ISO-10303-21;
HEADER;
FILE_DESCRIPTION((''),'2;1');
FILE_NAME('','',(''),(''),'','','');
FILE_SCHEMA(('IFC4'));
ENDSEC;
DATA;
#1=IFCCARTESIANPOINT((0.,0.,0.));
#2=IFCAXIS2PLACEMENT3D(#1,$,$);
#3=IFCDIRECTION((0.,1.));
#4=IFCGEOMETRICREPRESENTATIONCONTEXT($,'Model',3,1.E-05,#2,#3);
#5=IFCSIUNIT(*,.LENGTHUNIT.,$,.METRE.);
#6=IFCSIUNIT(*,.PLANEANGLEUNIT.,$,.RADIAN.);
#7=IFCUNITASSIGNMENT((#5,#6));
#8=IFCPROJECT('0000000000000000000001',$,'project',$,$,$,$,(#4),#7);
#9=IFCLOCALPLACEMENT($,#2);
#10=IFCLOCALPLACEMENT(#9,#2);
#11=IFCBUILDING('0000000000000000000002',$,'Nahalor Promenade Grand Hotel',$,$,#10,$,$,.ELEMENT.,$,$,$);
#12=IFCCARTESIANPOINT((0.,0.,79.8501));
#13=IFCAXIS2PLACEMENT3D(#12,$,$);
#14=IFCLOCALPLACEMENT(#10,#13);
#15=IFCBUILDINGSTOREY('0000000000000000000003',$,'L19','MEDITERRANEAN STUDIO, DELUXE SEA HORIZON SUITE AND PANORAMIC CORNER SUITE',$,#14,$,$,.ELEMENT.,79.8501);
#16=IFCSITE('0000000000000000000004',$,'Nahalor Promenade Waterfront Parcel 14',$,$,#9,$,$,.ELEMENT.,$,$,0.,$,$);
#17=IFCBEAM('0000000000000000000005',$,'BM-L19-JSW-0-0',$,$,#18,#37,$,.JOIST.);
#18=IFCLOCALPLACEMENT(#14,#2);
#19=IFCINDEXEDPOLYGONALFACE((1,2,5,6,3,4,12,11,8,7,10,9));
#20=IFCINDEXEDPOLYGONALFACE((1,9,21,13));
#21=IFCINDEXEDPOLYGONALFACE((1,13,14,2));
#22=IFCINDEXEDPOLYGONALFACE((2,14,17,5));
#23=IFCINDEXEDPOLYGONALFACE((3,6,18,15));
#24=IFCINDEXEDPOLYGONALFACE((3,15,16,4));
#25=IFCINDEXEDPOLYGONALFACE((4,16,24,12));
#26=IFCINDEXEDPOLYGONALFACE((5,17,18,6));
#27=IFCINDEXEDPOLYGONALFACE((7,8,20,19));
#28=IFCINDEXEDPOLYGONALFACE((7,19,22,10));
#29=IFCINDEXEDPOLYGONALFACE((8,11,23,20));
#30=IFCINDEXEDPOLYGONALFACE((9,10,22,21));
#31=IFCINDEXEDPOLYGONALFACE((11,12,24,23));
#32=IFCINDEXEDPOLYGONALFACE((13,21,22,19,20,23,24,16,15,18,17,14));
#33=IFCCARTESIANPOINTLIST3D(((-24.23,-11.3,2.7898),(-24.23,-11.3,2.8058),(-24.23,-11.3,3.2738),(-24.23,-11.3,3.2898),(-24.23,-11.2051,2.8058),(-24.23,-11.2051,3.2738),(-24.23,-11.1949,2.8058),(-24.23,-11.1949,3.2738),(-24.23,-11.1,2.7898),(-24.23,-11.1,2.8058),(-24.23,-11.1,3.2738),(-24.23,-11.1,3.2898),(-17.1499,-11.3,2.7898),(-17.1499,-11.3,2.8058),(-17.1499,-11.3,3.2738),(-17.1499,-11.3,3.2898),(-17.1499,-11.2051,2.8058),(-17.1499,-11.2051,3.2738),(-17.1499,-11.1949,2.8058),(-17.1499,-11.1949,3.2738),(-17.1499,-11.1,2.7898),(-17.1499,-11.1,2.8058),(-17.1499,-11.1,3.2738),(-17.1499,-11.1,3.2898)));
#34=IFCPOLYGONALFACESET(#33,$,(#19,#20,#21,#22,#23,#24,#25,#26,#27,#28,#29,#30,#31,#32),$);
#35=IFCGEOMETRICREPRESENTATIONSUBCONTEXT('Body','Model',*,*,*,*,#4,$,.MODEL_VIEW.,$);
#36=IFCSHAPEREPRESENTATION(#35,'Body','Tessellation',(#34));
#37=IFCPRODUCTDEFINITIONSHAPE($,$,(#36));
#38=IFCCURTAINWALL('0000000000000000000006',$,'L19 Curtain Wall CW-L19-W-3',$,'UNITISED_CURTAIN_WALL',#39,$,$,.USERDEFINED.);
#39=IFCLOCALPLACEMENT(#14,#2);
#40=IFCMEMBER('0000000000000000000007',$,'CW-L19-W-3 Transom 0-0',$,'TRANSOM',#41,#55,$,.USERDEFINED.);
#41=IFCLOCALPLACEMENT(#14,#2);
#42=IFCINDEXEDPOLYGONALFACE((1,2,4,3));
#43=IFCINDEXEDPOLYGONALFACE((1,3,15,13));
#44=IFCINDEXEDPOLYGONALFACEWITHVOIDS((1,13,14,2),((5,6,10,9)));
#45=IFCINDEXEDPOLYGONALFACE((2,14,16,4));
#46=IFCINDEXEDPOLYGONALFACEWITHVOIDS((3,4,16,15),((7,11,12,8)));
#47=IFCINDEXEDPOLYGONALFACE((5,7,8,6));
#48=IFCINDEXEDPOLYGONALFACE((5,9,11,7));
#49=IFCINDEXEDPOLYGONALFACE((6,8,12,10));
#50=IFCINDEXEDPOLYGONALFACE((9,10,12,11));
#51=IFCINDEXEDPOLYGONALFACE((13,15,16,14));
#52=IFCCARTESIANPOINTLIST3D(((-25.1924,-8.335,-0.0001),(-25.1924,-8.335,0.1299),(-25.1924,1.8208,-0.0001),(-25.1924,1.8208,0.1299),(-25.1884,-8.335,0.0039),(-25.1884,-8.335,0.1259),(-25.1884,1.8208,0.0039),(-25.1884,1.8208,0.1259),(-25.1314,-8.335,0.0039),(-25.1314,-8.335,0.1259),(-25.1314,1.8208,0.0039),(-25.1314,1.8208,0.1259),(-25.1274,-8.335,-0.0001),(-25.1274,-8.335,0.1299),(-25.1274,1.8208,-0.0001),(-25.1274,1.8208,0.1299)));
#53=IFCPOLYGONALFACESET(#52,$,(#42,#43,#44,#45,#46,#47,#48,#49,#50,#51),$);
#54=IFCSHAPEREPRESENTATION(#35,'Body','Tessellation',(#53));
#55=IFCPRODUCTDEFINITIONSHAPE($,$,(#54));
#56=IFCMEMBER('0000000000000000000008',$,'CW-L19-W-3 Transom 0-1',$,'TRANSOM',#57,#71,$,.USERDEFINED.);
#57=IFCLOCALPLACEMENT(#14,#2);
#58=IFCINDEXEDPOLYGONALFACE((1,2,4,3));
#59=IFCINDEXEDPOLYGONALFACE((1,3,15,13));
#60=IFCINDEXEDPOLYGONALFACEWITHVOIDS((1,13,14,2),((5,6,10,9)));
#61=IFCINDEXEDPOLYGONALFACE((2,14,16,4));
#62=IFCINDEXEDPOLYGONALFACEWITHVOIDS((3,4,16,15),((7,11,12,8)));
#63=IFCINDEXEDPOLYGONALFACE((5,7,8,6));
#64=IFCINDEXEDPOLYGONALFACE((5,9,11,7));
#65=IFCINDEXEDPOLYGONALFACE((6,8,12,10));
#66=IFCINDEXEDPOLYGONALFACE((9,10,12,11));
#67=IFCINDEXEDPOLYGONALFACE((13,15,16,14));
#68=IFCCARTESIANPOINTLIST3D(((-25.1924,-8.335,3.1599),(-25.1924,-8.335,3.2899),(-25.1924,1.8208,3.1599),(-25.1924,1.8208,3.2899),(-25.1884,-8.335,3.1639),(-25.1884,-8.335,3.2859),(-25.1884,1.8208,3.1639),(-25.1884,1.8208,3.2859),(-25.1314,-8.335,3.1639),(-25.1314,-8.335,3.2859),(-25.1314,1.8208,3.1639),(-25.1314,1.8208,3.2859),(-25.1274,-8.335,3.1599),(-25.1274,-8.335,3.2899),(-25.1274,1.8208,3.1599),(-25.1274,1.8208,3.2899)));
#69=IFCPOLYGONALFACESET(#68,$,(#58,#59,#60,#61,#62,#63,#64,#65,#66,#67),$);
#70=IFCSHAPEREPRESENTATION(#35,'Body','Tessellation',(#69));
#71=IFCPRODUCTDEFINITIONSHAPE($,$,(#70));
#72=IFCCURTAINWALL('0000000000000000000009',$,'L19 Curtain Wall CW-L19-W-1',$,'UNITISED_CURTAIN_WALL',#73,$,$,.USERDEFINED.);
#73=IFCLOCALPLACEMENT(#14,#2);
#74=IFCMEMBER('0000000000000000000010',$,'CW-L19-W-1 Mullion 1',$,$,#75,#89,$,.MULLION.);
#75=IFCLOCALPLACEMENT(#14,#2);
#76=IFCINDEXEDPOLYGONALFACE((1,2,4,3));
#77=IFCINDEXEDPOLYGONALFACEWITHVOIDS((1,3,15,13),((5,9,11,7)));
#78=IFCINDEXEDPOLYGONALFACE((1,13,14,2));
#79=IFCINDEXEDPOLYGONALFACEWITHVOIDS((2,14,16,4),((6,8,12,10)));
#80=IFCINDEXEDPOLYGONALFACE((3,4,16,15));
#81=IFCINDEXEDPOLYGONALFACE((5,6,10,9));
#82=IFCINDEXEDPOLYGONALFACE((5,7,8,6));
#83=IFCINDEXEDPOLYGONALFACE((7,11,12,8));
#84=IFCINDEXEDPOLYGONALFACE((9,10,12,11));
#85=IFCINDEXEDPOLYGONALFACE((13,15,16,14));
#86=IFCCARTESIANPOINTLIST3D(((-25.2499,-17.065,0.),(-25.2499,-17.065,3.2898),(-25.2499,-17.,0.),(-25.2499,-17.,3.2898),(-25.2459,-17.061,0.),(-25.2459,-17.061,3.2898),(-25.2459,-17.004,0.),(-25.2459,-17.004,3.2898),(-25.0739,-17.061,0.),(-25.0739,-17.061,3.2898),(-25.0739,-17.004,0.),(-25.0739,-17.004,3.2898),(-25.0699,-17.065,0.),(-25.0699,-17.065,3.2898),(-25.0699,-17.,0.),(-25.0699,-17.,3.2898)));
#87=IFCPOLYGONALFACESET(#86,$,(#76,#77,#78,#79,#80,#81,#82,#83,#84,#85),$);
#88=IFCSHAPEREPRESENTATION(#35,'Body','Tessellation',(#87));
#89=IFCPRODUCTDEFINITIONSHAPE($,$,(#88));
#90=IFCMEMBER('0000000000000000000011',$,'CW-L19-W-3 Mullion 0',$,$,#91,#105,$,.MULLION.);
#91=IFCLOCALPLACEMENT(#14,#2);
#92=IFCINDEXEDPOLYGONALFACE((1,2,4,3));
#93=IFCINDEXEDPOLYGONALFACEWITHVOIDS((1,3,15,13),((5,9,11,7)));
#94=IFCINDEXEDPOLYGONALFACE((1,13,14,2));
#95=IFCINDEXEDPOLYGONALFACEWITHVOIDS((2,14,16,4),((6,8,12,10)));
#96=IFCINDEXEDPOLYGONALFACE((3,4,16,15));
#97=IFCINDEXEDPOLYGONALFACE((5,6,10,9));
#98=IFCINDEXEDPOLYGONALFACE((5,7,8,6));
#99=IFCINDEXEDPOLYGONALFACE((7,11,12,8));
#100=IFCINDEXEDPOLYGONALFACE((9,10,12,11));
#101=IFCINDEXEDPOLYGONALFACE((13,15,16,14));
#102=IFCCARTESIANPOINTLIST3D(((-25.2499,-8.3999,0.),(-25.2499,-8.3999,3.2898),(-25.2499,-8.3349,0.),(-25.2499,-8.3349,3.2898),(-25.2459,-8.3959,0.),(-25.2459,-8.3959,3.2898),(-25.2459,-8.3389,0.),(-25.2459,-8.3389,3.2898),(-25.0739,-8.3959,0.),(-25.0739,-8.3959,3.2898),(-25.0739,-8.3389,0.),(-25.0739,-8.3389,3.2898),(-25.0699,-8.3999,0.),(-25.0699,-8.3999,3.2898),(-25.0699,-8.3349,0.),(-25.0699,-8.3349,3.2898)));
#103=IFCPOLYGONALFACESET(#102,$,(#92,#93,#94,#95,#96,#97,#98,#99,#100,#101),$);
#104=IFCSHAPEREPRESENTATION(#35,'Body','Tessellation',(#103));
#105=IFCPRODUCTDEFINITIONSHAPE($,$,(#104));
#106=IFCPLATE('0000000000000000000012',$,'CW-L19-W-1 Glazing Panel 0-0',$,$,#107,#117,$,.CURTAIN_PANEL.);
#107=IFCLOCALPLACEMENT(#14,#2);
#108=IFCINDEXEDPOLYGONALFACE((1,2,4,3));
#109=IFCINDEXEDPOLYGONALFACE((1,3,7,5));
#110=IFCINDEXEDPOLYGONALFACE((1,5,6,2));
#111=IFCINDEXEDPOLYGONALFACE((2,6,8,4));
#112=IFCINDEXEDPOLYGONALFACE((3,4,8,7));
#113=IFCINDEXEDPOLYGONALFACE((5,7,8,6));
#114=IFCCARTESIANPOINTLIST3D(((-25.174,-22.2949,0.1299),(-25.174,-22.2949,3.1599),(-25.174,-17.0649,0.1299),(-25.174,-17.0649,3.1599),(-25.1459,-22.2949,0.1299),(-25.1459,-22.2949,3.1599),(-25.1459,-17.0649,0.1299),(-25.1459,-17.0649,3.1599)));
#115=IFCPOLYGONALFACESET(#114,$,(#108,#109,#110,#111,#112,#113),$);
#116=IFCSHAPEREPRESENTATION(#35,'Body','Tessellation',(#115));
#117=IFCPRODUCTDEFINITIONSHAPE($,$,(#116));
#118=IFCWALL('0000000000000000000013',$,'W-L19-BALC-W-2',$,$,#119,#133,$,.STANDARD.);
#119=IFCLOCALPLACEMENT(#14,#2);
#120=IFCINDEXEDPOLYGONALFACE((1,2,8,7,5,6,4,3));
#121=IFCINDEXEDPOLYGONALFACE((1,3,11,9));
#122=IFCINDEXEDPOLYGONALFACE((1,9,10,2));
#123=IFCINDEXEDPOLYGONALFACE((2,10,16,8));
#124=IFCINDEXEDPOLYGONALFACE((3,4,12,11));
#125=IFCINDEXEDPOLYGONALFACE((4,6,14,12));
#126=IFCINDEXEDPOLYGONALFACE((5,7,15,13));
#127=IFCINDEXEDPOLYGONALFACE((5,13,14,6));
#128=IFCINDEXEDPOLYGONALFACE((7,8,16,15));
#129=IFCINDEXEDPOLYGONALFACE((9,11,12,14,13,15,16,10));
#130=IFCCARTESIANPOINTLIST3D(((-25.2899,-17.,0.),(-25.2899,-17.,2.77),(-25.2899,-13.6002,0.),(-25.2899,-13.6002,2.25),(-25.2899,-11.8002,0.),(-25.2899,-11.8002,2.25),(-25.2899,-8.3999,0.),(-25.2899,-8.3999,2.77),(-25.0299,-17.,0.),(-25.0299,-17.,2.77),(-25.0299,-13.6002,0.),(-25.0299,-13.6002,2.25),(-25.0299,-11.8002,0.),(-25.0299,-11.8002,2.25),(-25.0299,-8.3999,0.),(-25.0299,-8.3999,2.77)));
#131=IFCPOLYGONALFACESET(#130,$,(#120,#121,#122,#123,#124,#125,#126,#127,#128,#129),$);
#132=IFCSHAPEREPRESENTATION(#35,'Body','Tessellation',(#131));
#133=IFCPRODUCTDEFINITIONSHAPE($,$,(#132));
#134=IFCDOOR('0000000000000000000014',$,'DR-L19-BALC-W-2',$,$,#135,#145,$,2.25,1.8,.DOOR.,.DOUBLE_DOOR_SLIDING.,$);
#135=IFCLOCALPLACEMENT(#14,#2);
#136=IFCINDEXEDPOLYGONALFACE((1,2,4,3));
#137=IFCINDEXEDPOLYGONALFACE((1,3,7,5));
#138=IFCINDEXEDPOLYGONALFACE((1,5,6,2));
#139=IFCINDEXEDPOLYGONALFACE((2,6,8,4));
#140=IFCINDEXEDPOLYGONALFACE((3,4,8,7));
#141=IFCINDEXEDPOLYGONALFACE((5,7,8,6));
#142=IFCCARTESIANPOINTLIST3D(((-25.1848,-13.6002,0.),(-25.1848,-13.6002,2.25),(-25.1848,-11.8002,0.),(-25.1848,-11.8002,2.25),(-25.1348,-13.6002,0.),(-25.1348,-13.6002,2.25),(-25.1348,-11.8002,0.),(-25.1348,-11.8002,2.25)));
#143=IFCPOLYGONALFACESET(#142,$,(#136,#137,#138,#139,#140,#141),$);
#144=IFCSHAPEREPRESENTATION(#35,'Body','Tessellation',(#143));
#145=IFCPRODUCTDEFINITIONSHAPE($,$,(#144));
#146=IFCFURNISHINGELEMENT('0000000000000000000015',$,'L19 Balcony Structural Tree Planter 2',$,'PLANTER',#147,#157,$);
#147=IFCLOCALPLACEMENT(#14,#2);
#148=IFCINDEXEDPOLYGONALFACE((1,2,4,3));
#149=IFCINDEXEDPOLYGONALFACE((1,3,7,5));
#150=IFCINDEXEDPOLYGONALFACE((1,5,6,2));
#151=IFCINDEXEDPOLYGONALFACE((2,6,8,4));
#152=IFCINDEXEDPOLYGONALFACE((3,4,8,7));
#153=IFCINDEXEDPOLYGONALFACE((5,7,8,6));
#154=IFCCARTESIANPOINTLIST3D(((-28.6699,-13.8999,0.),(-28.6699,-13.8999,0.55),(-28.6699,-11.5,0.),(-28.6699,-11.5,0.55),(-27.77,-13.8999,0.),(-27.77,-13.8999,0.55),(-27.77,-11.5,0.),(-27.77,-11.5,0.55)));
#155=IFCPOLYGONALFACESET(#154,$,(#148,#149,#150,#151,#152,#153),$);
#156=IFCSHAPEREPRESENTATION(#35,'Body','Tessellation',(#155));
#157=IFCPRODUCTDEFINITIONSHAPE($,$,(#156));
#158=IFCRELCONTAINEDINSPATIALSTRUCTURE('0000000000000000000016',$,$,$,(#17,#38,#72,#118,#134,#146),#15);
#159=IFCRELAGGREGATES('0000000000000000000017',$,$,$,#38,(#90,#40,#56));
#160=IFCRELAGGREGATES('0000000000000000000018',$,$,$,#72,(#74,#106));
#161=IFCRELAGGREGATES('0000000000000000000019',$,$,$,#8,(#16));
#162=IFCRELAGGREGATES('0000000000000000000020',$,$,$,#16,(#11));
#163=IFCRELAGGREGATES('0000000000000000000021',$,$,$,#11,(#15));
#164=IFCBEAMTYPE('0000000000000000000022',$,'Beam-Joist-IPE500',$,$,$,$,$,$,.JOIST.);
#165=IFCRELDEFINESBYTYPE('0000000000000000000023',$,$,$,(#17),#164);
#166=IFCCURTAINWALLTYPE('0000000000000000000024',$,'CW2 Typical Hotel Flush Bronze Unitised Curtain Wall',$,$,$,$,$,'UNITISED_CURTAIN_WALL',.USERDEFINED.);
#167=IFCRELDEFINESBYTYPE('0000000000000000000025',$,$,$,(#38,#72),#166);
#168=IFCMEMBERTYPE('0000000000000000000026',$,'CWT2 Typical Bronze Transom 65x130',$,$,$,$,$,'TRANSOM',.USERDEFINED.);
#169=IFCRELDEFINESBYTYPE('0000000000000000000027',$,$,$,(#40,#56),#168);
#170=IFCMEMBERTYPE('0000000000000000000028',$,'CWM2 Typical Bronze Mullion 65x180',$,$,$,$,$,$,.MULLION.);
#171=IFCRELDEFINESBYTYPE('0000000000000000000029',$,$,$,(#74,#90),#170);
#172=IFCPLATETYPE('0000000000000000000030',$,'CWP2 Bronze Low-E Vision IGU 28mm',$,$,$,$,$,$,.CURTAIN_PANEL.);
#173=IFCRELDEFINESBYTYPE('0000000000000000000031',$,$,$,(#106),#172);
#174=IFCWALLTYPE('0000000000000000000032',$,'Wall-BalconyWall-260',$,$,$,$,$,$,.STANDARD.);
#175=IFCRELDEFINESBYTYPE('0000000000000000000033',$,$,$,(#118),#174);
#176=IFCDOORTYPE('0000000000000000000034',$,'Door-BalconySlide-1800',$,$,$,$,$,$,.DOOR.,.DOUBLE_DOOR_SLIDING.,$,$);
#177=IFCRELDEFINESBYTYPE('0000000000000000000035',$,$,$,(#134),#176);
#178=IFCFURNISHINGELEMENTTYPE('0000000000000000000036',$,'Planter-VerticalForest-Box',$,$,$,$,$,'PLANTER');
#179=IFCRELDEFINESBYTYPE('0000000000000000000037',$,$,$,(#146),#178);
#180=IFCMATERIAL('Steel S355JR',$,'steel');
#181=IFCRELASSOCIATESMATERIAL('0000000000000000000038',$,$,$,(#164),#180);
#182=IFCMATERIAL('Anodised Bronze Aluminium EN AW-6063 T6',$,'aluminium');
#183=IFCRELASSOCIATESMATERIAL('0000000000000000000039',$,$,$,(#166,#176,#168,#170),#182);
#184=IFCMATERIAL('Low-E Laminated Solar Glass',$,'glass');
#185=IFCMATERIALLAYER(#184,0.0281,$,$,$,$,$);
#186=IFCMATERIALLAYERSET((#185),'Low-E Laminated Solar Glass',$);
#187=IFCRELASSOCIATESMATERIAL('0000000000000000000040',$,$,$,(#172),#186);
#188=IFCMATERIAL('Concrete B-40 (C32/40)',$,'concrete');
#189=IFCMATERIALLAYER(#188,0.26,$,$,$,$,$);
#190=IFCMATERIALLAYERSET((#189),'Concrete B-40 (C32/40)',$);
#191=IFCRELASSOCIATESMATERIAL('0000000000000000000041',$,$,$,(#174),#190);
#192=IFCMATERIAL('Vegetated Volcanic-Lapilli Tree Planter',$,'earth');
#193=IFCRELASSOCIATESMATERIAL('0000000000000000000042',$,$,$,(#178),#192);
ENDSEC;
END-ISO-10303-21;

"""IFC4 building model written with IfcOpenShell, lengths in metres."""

from ifc_helpers import new_model, si_unit, direction, frame, frame_2d, origin, origin_2d, place, context, subcontext, project, spatial, rectangle, hollow_rectangle, i_section, extrude, source, transform, mapped, material, layer, layer_set, material_profile, profile_set, type_object, element, fill, aggregate, save


model = new_model("IFC4")

# Units and contexts
model_context = context("Model", 3, precision=1e-05, world=origin(), true_north=direction((0.0, 1.0)))
body_context = subcontext(model_context, "Body", "Model", "MODEL_VIEW")
ifc_project = project(units=[si_unit("LENGTHUNIT", "METRE"), si_unit("PLANEANGLEUNIT", "RADIAN")], contexts=[model_context])

# Site, building, storey
site_placement = place(None, origin())
site = spatial("IfcSite", under=ifc_project, at=site_placement, Name="Nahalor Promenade Waterfront Parcel 14", CompositionType="ELEMENT", RefElevation=0.0)
building_placement = place(site_placement, origin())
building = spatial("IfcBuilding", under=site, at=building_placement, Name="Nahalor Promenade Grand Hotel", CompositionType="ELEMENT")
storey_placement = place(building_placement, frame((0.0, 0.0, 79.8501)))
storey = spatial("IfcBuildingStorey", under=building, at=storey_placement, Name="L19", Description="MEDITERRANEAN STUDIO, DELUXE SEA HORIZON SUITE AND PANORAMIC CORNER SUITE", CompositionType="ELEMENT", Elevation=79.8501)

# Beam
ifc_material_1 = material(Name="Steel S355JR", Category="steel")
ifc_material_profile_1 = material_profile(ifc_material_1, i_section(OverallWidth=0.2, OverallDepth=0.5, WebThickness=0.0102, FlangeThickness=0.016, at=origin_2d()), Name="IPE 500")
ifc_profile_set_1 = profile_set([ifc_material_profile_1], Name="Steel S355JR")
beam_type_1 = type_object("IfcBeamType", Name="Beam-Joist-IPE500", PredefinedType="JOIST", material=ifc_profile_set_1)
shared_shape_1 = source(origin(), body_context, "Body", "SweptSolid", [
    extrude(i_section(OverallWidth=0.2, OverallDepth=0.5, WebThickness=0.0102, FlangeThickness=0.016, at=origin_2d()), origin(), (0.0, 0.0, 1.0), 7.0801),
])
beam_1_placement = place(storey_placement, frame((-24.23, -11.2, 3.0398), z_axis=(1.0, 0.0, 0.0), x_axis=(0.0, 1.0, 0.0)))
element("IfcBeam", 1, at=beam_1_placement, inside=storey, type_object=beam_type_1, Name="BM-L19-JSW-0-0", PredefinedType="JOIST", context=body_context, shape_type="MappedRepresentation", body=[
    mapped(shared_shape_1, transform((0.0, 0.0, 0.0), scale=1.0)),
])

# Curtain wall, members
ifc_material_2 = material(Name="Anodised Bronze Aluminium EN AW-6063 T6", Category="aluminium")
curtain_wall_type = type_object("IfcCurtainWallType", Name="CW2 Typical Hotel Flush Bronze Unitised Curtain Wall", ElementType="UNITISED_CURTAIN_WALL", PredefinedType="USERDEFINED", material=ifc_material_2)
curtain_wall_1_placement = place(storey_placement, origin())
curtain_wall_1 = element("IfcCurtainWall", 2, at=curtain_wall_1_placement, inside=storey, type_object=curtain_wall_type, Name="L19 Curtain Wall CW-L19-W-3", ObjectType="UNITISED_CURTAIN_WALL", PredefinedType="USERDEFINED")
ifc_material_profile_2 = material_profile(ifc_material_2, hollow_rectangle(XDim=0.065, YDim=0.13, WallThickness=0.004, at=origin_2d()), Name="CWT 65x130x4")
ifc_profile_set_2 = profile_set([ifc_material_profile_2], Name="Anodised Bronze Aluminium EN AW-6063 T6")
member_type_1 = type_object("IfcMemberType", Name="CWT2 Typical Bronze Transom 65x130", ElementType="TRANSOM", PredefinedType="USERDEFINED", material=ifc_profile_set_2)
shared_shape_2 = source(origin(), body_context, "Body", "SweptSolid", [
    extrude(hollow_rectangle(XDim=0.065, YDim=0.13, WallThickness=0.004, at=origin_2d()), origin(), (0.0, 0.0, 1.0), 10.1558),
])
member_1_placement = place(storey_placement, frame((-25.1599, -8.335, 0.0649), z_axis=(0.0, 1.0, 0.0), x_axis=(-1.0, 0.0, 0.0)))
member_1 = element("IfcMember", 3, at=member_1_placement, type_object=member_type_1, Name="CW-L19-W-3 Transom 0-0", ObjectType="TRANSOM", PredefinedType="USERDEFINED", context=body_context, shape_type="MappedRepresentation", body=[
    mapped(shared_shape_2, transform((0.0, 0.0, 0.0), scale=1.0)),
])
member_2_placement = place(storey_placement, frame((-25.1599, -8.335, 3.2249), z_axis=(0.0, 1.0, 0.0), x_axis=(-1.0, 0.0, 0.0)))
member_2 = element("IfcMember", 4, at=member_2_placement, type_object=member_type_1, Name="CW-L19-W-3 Transom 0-1", ObjectType="TRANSOM", PredefinedType="USERDEFINED", context=body_context, shape_type="MappedRepresentation", body=[
    mapped(shared_shape_2, transform((0.0, 0.0, 0.0), scale=1.0)),
])

# Curtain wall, member
curtain_wall_2_placement = place(storey_placement, origin())
curtain_wall_2 = element("IfcCurtainWall", 5, at=curtain_wall_2_placement, inside=storey, type_object=curtain_wall_type, Name="L19 Curtain Wall CW-L19-W-1", ObjectType="UNITISED_CURTAIN_WALL", PredefinedType="USERDEFINED")
ifc_material_profile_3 = material_profile(ifc_material_2, hollow_rectangle(XDim=0.065, YDim=0.18, WallThickness=0.004, at=origin_2d()), Name="CWM 65x180x4")
ifc_profile_set_3 = profile_set([ifc_material_profile_3], Name="Anodised Bronze Aluminium EN AW-6063 T6")
member_type_2 = type_object("IfcMemberType", Name="CWM2 Typical Bronze Mullion 65x180", PredefinedType="MULLION", material=ifc_profile_set_3)
shared_shape_3 = source(origin(), body_context, "Body", "SweptSolid", [
    extrude(hollow_rectangle(XDim=0.065, YDim=0.18, WallThickness=0.004, at=origin_2d()), origin(), (0.0, 0.0, 1.0), 3.2898),
])
member_3_placement = place(storey_placement, frame((-25.1599, -17.0325, 0.0), z_axis=(0.0, 0.0, 1.0), x_axis=(0.0, 1.0, 0.0)))
member_3 = element("IfcMember", 6, at=member_3_placement, type_object=member_type_2, Name="CW-L19-W-1 Mullion 1", PredefinedType="MULLION", context=body_context, shape_type="MappedRepresentation", body=[
    mapped(shared_shape_3, transform((0.0, 0.0, 0.0), scale=1.0)),
])

# Member
member_4_placement = place(storey_placement, frame((-25.1599, -8.3674, 0.0), z_axis=(0.0, 0.0, 1.0), x_axis=(0.0, 1.0, 0.0)))
member_4 = element("IfcMember", 7, at=member_4_placement, type_object=member_type_2, Name="CW-L19-W-3 Mullion 0", PredefinedType="MULLION", context=body_context, shape_type="MappedRepresentation", body=[
    mapped(shared_shape_3, transform((0.0, 0.0, 0.0), scale=1.0)),
])
aggregate(curtain_wall_1, [member_4, member_1, member_2])

# Plate
ifc_material_3 = material(Name="Low-E Laminated Solar Glass", Category="glass")
ifc_layer_1 = layer(ifc_material_3, 0.0281)
ifc_layer_set_1 = layer_set([ifc_layer_1], Name="Low-E Laminated Solar Glass")
plate_type = type_object("IfcPlateType", Name="CWP2 Bronze Low-E Vision IGU 28mm", PredefinedType="CURTAIN_PANEL", material=ifc_layer_set_1)
shared_shape_4 = source(origin(), body_context, "Body", "SweptSolid", [
    extrude(rectangle(XDim=5.23, YDim=0.0281, at=origin_2d()), origin(), (0.0, 0.0, 1.0), 3.03),
])
plate_placement = place(storey_placement, frame((-25.1599, -19.6799, 0.1299), z_axis=(0.0, 0.0, 1.0), x_axis=(0.0, 1.0, 0.0)))
plate = element("IfcPlate", 8, at=plate_placement, type_object=plate_type, Name="CW-L19-W-1 Glazing Panel 0-0", PredefinedType="CURTAIN_PANEL", context=body_context, shape_type="MappedRepresentation", body=[
    mapped(shared_shape_4, transform((0.0, 0.0, 0.0), scale=1.0)),
])
aggregate(curtain_wall_2, [member_3, plate])

# Wall, opening, door
ifc_material_4 = material(Name="Concrete B-40 (C32/40)", Category="concrete")
ifc_layer_2 = layer(ifc_material_4, 0.26)
ifc_layer_set_2 = layer_set([ifc_layer_2], Name="Concrete B-40 (C32/40)")
wall_type = type_object("IfcWallType", Name="Wall-BalconyWall-260", PredefinedType="STANDARD", material=ifc_layer_set_2)
shared_shape_5 = source(origin(), body_context, "Body", "SweptSolid", [
    extrude(rectangle(XDim=8.6001, YDim=0.26, at=frame_2d((4.3, 0.0))), origin(), (0.0, 0.0, 1.0), 2.77),
])
wall_placement = place(storey_placement, frame((-25.1599, -17.0, 0.0), z_axis=(0.0, 0.0, 1.0), x_axis=(0.0, 1.0, 0.0)))
wall = element("IfcWall", 9, at=wall_placement, inside=storey, type_object=wall_type, Name="W-L19-BALC-W-2", PredefinedType="STANDARD", context=body_context, shape_type="MappedRepresentation", body=[
    mapped(shared_shape_5, transform((0.0, 0.0, 0.0), scale=1.0)),
])
opening_placement = place(wall_placement, frame((3.3999, 0.0, 0.0)))
opening = element("IfcOpeningElement", 10, at=opening_placement, cuts=wall, PredefinedType="OPENING", context=body_context, shape_type="SweptSolid", body=[
    extrude(rectangle(XDim=1.8, YDim=2.25, at=frame_2d((0.8999, 1.125))), frame((0.0, 0.1399, 0.0), z_axis=(0.0, -1.0, 0.0), x_axis=(1.0, 0.0, 0.0)), (0.0, 0.0, 1.0), 0.28),
])
door_type = type_object("IfcDoorType", Name="Door-BalconySlide-1800", OperationType="DOUBLE_DOOR_SLIDING", PredefinedType="DOOR", material=ifc_material_2)
shared_shape_6 = source(origin(), body_context, "Body", "SweptSolid", [
    extrude(rectangle(XDim=1.8, YDim=2.25, at=frame_2d((0.8999, 1.125))), frame((0.0, 0.0249, 0.0), z_axis=(0.0, -1.0, 0.0), x_axis=(1.0, 0.0, 0.0)), (0.0, 0.0, 1.0), 0.05),
])
door_placement = place(opening_placement, origin())
door = element("IfcDoor", 11, at=door_placement, inside=storey, type_object=door_type, Name="DR-L19-BALC-W-2", OperationType="DOUBLE_DOOR_SLIDING", OverallHeight=2.25, OverallWidth=1.8, PredefinedType="DOOR", context=body_context, shape_type="MappedRepresentation", body=[
    mapped(shared_shape_6, transform((0.0, 0.0, 0.0), scale=1.0)),
])
fill(opening, door)

# Furnishing element
ifc_material_5 = material(Name="Vegetated Volcanic-Lapilli Tree Planter", Category="earth")
furnishing_element_type = type_object("IfcFurnishingElementType", Name="Planter-VerticalForest-Box", ElementType="PLANTER", material=ifc_material_5)
shared_shape_7 = source(origin(), body_context, "Body", "SweptSolid", [
    extrude(rectangle(XDim=2.3999, YDim=0.8999, at=origin_2d()), origin(), (0.0, 0.0, 1.0), 0.55),
])
furnishing_placement = place(storey_placement, frame((-28.22, -12.7, 0.0), z_axis=(0.0, 0.0, 1.0), x_axis=(0.0, 1.0, 0.0)))
element("IfcFurnishingElement", 12, at=furnishing_placement, inside=storey, type_object=furnishing_element_type, Name="L19 Balcony Structural Tree Planter 2", ObjectType="PLANTER", context=body_context, shape_type="MappedRepresentation", body=[
    mapped(shared_shape_7, transform((0.0, 0.0, 0.0), scale=1.0)),
])

save(model, "model.ifc")
